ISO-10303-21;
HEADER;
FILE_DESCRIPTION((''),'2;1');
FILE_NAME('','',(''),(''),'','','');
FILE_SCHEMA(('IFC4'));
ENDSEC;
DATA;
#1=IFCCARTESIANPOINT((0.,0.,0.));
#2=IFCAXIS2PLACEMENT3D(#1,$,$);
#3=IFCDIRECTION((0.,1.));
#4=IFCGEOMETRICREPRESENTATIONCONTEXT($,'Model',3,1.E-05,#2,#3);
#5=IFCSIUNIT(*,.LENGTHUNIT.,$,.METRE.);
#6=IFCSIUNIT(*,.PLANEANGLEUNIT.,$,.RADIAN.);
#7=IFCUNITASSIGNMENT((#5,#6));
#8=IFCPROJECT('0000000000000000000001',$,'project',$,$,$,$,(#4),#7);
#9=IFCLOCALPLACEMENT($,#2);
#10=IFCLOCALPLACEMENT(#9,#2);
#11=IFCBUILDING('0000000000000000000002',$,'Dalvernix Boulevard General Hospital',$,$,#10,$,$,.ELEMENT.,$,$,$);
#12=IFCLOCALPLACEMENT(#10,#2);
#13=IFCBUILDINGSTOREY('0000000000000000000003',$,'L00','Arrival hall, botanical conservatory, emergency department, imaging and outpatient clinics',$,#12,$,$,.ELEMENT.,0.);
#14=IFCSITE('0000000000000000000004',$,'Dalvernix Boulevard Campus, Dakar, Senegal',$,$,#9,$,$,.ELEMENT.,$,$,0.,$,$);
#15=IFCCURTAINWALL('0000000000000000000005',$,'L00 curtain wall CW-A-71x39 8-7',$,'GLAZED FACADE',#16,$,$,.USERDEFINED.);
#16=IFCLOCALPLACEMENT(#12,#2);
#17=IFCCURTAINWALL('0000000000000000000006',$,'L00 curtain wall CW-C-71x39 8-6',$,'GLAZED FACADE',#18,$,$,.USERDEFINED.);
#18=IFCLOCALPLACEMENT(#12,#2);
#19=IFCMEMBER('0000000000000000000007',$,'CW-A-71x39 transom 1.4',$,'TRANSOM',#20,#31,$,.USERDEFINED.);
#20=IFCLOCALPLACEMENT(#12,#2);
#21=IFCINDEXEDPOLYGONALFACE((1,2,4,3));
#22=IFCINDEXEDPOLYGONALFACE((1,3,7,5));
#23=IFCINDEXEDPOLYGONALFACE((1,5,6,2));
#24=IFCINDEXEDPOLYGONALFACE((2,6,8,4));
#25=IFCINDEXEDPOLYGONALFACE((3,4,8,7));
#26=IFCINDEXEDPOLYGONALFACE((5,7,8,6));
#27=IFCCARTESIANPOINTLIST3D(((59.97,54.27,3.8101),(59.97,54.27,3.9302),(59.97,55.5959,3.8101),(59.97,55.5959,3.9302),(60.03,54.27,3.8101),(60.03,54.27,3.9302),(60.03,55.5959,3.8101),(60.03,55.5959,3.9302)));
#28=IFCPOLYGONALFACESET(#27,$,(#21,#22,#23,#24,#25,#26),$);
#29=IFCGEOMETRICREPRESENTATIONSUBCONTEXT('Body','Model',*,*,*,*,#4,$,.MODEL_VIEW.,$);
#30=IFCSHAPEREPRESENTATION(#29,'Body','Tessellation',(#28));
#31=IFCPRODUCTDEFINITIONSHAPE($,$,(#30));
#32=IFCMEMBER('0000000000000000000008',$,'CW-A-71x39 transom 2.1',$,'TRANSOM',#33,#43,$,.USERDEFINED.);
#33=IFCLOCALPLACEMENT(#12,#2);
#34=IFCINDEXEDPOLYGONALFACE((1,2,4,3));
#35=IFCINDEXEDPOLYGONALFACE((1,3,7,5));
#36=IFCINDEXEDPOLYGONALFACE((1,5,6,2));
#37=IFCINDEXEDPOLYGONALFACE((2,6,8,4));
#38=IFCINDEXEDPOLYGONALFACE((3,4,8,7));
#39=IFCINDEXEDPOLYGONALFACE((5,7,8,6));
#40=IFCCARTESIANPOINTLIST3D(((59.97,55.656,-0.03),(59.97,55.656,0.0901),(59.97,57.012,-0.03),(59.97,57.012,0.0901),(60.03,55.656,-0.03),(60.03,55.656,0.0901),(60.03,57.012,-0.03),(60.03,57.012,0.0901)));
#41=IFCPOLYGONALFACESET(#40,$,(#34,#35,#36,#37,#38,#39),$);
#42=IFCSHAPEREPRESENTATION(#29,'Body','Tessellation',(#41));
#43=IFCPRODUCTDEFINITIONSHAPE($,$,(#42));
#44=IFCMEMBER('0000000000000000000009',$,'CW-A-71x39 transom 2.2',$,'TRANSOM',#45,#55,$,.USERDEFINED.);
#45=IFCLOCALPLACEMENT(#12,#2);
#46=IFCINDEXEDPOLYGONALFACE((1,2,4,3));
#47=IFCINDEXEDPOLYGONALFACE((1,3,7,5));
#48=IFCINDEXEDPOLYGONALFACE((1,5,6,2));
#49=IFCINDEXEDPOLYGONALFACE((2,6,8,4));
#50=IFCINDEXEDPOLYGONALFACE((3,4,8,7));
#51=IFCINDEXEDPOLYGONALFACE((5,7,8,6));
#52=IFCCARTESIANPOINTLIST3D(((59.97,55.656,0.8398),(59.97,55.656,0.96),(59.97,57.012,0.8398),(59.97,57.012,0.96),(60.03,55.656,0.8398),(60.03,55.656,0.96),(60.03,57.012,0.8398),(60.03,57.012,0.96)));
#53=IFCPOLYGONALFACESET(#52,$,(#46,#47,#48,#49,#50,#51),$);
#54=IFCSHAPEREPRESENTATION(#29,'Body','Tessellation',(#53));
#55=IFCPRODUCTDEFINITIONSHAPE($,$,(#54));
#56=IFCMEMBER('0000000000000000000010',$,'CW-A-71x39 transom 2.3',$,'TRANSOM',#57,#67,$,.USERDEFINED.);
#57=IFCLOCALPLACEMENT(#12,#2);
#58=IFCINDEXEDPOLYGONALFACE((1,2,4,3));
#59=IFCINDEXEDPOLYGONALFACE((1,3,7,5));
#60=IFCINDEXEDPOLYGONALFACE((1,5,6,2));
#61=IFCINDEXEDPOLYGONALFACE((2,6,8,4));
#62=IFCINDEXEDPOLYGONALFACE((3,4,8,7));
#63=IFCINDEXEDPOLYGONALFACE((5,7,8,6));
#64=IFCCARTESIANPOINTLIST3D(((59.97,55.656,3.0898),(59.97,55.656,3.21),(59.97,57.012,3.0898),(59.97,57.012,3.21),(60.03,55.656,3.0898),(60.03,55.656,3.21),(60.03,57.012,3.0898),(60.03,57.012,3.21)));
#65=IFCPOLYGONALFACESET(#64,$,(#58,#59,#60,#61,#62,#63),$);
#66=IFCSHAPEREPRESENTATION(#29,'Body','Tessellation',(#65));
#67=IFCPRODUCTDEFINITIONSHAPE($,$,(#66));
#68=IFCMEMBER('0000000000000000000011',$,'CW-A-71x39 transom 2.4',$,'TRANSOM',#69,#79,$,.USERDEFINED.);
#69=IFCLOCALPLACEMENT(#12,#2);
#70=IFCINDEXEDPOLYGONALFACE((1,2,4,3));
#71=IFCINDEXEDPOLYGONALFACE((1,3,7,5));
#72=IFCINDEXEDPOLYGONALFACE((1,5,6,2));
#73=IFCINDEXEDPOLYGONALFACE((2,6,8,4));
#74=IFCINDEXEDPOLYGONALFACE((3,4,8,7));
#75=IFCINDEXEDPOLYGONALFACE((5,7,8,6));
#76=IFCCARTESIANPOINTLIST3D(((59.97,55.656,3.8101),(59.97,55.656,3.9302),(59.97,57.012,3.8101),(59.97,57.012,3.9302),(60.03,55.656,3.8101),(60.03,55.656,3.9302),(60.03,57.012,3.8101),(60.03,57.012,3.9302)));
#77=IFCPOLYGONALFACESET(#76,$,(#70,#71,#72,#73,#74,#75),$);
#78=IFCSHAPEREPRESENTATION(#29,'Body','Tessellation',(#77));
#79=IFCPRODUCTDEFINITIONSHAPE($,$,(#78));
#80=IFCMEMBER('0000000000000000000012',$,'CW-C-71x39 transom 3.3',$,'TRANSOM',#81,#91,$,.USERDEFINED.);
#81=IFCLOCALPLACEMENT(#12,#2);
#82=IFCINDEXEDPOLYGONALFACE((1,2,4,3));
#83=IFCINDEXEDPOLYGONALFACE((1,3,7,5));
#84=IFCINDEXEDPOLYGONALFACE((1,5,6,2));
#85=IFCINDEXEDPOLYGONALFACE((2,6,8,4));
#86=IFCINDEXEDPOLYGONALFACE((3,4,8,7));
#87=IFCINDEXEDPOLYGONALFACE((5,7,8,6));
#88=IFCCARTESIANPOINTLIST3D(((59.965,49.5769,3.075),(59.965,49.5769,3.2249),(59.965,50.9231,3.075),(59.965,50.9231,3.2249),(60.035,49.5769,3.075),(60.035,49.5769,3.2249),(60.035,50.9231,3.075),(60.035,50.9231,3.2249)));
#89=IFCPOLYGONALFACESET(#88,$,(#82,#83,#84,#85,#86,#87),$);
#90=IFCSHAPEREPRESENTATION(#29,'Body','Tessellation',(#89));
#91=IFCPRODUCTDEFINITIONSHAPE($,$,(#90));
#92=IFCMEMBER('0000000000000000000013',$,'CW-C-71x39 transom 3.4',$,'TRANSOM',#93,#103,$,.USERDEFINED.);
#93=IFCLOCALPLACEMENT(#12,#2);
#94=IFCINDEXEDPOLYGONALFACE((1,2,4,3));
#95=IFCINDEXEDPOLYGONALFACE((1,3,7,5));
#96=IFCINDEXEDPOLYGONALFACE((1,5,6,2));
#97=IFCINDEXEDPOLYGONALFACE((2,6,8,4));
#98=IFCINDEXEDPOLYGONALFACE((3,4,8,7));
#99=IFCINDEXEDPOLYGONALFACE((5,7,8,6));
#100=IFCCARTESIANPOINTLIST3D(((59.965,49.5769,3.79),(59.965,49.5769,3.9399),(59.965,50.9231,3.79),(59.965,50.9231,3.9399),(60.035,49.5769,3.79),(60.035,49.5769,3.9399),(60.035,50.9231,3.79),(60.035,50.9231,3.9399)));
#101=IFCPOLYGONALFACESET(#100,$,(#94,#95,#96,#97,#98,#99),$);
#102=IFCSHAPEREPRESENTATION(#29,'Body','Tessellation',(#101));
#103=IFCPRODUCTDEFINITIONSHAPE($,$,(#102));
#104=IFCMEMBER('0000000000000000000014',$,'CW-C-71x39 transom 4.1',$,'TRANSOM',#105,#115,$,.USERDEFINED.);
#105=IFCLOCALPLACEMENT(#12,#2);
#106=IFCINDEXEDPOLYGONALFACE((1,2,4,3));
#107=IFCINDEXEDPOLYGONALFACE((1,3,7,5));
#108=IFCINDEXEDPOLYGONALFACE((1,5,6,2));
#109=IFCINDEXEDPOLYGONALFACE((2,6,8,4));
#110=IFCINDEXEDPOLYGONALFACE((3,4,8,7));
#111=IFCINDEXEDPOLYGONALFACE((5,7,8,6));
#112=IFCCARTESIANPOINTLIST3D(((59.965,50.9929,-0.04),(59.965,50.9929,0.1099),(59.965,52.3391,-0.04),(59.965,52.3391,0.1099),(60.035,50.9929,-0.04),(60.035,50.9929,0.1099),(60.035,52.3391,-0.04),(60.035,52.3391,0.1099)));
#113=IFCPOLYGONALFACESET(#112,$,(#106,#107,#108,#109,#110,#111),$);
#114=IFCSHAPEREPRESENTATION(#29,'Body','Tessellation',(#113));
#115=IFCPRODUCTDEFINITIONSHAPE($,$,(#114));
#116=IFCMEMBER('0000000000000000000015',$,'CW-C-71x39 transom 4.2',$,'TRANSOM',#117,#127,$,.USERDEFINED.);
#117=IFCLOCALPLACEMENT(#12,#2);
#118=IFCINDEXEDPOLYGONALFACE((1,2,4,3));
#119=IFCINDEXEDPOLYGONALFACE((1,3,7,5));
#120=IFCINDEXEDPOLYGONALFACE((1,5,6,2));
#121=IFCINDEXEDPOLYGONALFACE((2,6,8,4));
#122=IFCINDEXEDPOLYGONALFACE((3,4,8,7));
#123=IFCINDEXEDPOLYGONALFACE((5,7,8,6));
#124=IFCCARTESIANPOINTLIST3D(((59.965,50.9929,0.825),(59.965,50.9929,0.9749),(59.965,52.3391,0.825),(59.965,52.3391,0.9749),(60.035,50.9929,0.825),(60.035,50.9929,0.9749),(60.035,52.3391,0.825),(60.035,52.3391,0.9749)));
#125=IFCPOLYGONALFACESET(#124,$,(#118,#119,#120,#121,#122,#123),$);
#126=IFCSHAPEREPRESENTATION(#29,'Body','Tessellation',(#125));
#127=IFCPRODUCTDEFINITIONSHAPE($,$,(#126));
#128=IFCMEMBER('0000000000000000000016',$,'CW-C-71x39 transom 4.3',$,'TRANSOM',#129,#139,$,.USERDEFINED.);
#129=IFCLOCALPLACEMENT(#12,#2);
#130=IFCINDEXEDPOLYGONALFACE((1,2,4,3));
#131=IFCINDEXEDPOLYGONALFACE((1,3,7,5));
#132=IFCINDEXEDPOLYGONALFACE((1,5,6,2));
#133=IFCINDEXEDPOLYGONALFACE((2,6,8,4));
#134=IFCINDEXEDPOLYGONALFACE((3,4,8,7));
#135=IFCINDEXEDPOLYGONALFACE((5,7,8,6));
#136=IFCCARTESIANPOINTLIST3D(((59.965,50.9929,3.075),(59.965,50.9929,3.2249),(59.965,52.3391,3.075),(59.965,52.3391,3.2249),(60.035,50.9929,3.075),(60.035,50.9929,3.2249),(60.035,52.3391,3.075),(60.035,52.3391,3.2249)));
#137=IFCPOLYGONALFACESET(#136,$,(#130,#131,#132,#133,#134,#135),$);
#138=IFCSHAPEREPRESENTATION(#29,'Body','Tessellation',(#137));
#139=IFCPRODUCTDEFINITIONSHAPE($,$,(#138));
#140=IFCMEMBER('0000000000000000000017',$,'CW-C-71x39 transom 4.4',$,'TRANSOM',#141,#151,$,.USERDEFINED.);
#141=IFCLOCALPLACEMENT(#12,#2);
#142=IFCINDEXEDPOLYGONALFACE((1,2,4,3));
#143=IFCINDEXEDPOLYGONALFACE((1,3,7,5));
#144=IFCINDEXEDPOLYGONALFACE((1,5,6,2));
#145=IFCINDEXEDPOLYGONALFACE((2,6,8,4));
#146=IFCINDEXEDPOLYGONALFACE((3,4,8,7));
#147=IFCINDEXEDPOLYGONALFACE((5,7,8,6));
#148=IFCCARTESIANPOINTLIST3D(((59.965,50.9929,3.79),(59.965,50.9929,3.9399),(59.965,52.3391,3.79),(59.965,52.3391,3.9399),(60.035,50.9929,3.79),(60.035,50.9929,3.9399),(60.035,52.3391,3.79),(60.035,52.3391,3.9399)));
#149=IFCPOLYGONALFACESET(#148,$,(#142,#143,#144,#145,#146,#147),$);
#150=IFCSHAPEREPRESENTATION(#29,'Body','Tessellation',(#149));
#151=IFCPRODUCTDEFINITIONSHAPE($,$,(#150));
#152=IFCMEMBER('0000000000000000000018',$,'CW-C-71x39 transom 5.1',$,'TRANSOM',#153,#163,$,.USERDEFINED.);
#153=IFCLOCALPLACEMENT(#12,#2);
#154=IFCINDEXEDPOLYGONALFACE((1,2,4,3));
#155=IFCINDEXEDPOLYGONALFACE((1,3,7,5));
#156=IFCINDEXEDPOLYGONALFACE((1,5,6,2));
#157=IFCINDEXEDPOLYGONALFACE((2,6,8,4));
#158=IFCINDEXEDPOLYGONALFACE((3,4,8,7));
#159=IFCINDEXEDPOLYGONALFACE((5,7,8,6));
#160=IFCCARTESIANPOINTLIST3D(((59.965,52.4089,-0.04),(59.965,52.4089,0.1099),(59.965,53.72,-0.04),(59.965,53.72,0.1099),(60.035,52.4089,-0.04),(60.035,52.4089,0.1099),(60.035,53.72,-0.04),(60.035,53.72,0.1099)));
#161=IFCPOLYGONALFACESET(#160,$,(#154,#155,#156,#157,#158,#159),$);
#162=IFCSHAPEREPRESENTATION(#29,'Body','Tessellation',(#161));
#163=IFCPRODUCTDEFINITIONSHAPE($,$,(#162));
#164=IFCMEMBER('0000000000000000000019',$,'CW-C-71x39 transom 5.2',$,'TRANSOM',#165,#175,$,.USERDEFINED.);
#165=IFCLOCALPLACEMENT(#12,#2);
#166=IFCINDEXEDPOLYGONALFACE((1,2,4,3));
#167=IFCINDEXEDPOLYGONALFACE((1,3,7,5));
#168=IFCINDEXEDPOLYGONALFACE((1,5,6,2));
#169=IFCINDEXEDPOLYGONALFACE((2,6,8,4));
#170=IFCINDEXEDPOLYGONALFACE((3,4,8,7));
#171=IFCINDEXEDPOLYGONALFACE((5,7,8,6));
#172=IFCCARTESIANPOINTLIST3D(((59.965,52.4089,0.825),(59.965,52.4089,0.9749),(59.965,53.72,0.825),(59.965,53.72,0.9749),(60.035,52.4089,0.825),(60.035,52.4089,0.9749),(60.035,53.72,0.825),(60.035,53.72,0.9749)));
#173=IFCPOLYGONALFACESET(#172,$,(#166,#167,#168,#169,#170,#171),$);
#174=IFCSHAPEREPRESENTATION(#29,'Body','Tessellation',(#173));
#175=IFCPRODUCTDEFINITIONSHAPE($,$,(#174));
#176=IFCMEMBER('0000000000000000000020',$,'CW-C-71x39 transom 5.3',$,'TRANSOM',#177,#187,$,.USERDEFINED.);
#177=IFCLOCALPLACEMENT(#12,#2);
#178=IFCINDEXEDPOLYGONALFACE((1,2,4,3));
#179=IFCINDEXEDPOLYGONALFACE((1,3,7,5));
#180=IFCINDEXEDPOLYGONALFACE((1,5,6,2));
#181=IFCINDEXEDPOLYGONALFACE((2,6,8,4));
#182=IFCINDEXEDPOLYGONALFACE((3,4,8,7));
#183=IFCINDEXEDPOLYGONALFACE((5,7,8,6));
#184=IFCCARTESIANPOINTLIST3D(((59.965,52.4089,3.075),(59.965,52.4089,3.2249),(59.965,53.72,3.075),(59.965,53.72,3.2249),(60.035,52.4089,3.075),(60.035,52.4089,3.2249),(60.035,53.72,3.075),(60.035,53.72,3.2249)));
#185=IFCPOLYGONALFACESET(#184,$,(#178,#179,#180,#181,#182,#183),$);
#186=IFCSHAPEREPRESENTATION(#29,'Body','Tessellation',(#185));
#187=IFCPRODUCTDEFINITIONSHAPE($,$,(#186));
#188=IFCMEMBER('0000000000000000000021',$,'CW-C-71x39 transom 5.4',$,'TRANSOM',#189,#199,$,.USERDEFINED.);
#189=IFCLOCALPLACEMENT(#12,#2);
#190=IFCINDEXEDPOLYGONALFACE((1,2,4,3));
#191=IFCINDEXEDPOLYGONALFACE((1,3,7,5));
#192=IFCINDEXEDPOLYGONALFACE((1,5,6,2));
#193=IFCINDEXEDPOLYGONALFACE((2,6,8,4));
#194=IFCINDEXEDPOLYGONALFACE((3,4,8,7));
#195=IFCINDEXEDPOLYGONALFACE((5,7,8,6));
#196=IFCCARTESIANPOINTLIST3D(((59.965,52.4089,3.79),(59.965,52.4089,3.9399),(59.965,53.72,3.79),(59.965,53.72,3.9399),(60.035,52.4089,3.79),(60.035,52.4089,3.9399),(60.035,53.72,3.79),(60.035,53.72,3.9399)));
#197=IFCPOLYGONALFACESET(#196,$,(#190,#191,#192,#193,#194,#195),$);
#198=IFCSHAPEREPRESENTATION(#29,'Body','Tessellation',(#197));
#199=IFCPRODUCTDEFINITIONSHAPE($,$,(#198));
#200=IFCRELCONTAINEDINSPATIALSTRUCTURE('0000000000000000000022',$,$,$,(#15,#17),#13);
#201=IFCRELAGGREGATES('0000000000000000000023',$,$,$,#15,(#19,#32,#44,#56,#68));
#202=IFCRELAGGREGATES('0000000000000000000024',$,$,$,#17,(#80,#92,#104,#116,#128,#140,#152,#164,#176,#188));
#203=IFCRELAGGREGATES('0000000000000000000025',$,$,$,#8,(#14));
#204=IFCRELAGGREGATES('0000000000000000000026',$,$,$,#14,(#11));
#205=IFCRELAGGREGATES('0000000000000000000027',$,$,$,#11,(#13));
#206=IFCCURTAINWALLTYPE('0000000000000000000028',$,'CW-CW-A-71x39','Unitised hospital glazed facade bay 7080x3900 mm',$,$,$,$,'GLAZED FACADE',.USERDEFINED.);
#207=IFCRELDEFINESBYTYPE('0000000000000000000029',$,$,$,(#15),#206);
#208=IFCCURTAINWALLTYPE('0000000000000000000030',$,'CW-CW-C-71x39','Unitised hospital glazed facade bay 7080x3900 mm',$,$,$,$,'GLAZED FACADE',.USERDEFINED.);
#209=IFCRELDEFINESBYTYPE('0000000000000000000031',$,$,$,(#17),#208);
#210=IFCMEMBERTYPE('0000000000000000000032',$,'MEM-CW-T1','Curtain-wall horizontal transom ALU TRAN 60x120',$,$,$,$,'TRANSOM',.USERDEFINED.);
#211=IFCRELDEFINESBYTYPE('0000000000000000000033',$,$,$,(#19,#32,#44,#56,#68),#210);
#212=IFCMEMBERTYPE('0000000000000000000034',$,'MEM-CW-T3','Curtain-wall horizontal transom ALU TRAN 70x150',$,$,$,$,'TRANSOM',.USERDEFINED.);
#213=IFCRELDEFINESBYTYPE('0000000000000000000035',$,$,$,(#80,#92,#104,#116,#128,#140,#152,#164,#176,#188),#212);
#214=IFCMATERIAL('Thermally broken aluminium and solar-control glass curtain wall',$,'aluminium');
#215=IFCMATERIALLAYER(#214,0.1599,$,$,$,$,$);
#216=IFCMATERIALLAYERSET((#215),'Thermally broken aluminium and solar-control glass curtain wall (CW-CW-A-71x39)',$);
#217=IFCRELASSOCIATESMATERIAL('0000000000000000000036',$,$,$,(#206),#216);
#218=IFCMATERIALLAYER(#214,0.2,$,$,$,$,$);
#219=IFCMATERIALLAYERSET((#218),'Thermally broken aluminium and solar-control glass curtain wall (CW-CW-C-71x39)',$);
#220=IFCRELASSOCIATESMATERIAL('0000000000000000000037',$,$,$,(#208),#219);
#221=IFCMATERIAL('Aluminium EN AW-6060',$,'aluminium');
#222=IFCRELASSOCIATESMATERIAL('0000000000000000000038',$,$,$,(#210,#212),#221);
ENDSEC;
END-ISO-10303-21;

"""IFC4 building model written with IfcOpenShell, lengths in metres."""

from ifc_helpers import new_model, si_unit, direction, frame, origin, origin_2d, place, context, subcontext, project, spatial, rectangle, extrude, material, layer, layer_set, material_profile, profile_set, type_object, element, aggregate, save


model = new_model("IFC4")

# Units and contexts
model_context = context("Model", 3, precision=1e-05, world=origin(), true_north=direction((0.0, 1.0)))
body_context = subcontext(model_context, "Body", "Model", "MODEL_VIEW")
ifc_project = project(units=[si_unit("LENGTHUNIT", "METRE"), si_unit("PLANEANGLEUNIT", "RADIAN")], contexts=[model_context])

# Site, building, storey
site_placement = place(None, origin())
site = spatial("IfcSite", under=ifc_project, at=site_placement, Name="Dalvernix Boulevard Campus, Dakar, Senegal", CompositionType="ELEMENT", RefElevation=0.0)
building_placement = place(site_placement, origin())
building = spatial("IfcBuilding", under=site, at=building_placement, Name="Dalvernix Boulevard General Hospital", CompositionType="ELEMENT")
storey_placement = place(building_placement, origin())
storey = spatial("IfcBuildingStorey", under=building, at=storey_placement, Name="L00", Description="Arrival hall, botanical conservatory, emergency department, imaging and outpatient clinics", CompositionType="ELEMENT", Elevation=0.0)

# Curtain walls
ifc_material_1 = material(Name="Thermally broken aluminium and solar-control glass curtain wall", Category="aluminium")
ifc_layer_1 = layer(ifc_material_1, 0.1599)
ifc_layer_set_1 = layer_set([ifc_layer_1], Name="Thermally broken aluminium and solar-control glass curtain wall (CW-CW-A-71x39)")
curtain_wall_type_1 = type_object("IfcCurtainWallType", Name="CW-CW-A-71x39", Description="Unitised hospital glazed facade bay 7080x3900 mm", ElementType="GLAZED FACADE", PredefinedType="USERDEFINED", material=ifc_layer_set_1)
curtain_wall_1_placement = place(storey_placement, origin())
curtain_wall_1 = element("IfcCurtainWall", 1, at=curtain_wall_1_placement, inside=storey, type_object=curtain_wall_type_1, Name="L00 curtain wall CW-A-71x39 8-7", ObjectType="GLAZED FACADE", PredefinedType="USERDEFINED")
ifc_material_2 = material(Name="Aluminium EN AW-6060", Category="aluminium")
ifc_layer_2 = layer(ifc_material_1, 0.2)
ifc_layer_set_2 = layer_set([ifc_layer_2], Name="Thermally broken aluminium and solar-control glass curtain wall (CW-CW-C-71x39)")
curtain_wall_type_2 = type_object("IfcCurtainWallType", Name="CW-CW-C-71x39", Description="Unitised hospital glazed facade bay 7080x3900 mm", ElementType="GLAZED FACADE", PredefinedType="USERDEFINED", material=ifc_layer_set_2)
curtain_wall_2_placement = place(storey_placement, origin())
curtain_wall_2 = element("IfcCurtainWall", 2, at=curtain_wall_2_placement, inside=storey, type_object=curtain_wall_type_2, Name="L00 curtain wall CW-C-71x39 8-6", ObjectType="GLAZED FACADE", PredefinedType="USERDEFINED")

# Members
ifc_material_profile_1 = material_profile(ifc_material_2, rectangle(XDim=0.0601, YDim=0.1201, at=origin_2d()), Name="ALU TRAN 60x120")
ifc_profile_set_1 = profile_set([ifc_material_profile_1], Name="Aluminium EN AW-6060")
member_type_1 = type_object("IfcMemberType", Name="MEM-CW-T1", Description="Curtain-wall horizontal transom ALU TRAN 60x120", ElementType="TRANSOM", PredefinedType="USERDEFINED", material=ifc_profile_set_1)
member_1_placement = place(storey_placement, frame((60.0, 54.27, 3.8701), z_axis=(0.0, 1.0, 0.0), x_axis=(-1.0, 0.0, 0.0)))
member_1 = element("IfcMember", 3, at=member_1_placement, type_object=member_type_1, Name="CW-A-71x39 transom 1.4", ObjectType="TRANSOM", PredefinedType="USERDEFINED", context=body_context, shape_type="SweptSolid", body=[
    extrude(rectangle(XDim=0.0601, YDim=0.1201, at=origin_2d()), origin(), (0.0, 0.0, 1.0), 1.3259),
])
member_2_placement = place(storey_placement, frame((60.0, 55.656, 0.03), z_axis=(0.0, 1.0, 0.0), x_axis=(-1.0, 0.0, 0.0)))
member_2 = element("IfcMember", 4, at=member_2_placement, type_object=member_type_1, Name="CW-A-71x39 transom 2.1", ObjectType="TRANSOM", PredefinedType="USERDEFINED", context=body_context, shape_type="SweptSolid", body=[
    extrude(rectangle(XDim=0.0601, YDim=0.1201, at=origin_2d()), origin(), (0.0, 0.0, 1.0), 1.356),
])
member_3_placement = place(storey_placement, frame((60.0, 55.656, 0.8999), z_axis=(0.0, 1.0, 0.0), x_axis=(-1.0, 0.0, 0.0)))
member_3 = element("IfcMember", 5, at=member_3_placement, type_object=member_type_1, Name="CW-A-71x39 transom 2.2", ObjectType="TRANSOM", PredefinedType="USERDEFINED", context=body_context, shape_type="SweptSolid", body=[
    extrude(rectangle(XDim=0.0601, YDim=0.1201, at=origin_2d()), origin(), (0.0, 0.0, 1.0), 1.356),
])
member_4_placement = place(storey_placement, frame((60.0, 55.656, 3.1499), z_axis=(0.0, 1.0, 0.0), x_axis=(-1.0, 0.0, 0.0)))
member_4 = element("IfcMember", 6, at=member_4_placement, type_object=member_type_1, Name="CW-A-71x39 transom 2.3", ObjectType="TRANSOM", PredefinedType="USERDEFINED", context=body_context, shape_type="SweptSolid", body=[
    extrude(rectangle(XDim=0.0601, YDim=0.1201, at=origin_2d()), origin(), (0.0, 0.0, 1.0), 1.356),
])
member_5_placement = place(storey_placement, frame((60.0, 55.656, 3.8701), z_axis=(0.0, 1.0, 0.0), x_axis=(-1.0, 0.0, 0.0)))
member_5 = element("IfcMember", 7, at=member_5_placement, type_object=member_type_1, Name="CW-A-71x39 transom 2.4", ObjectType="TRANSOM", PredefinedType="USERDEFINED", context=body_context, shape_type="SweptSolid", body=[
    extrude(rectangle(XDim=0.0601, YDim=0.1201, at=origin_2d()), origin(), (0.0, 0.0, 1.0), 1.356),
])
ifc_material_profile_2 = material_profile(ifc_material_2, rectangle(XDim=0.0701, YDim=0.1499, at=origin_2d()), Name="ALU TRAN 70x150")
ifc_profile_set_2 = profile_set([ifc_material_profile_2], Name="Aluminium EN AW-6060")
member_type_2 = type_object("IfcMemberType", Name="MEM-CW-T3", Description="Curtain-wall horizontal transom ALU TRAN 70x150", ElementType="TRANSOM", PredefinedType="USERDEFINED", material=ifc_profile_set_2)
member_6_placement = place(storey_placement, frame((60.0, 49.5769, 3.1499), z_axis=(0.0, 1.0, 0.0), x_axis=(-1.0, 0.0, 0.0)))
member_6 = element("IfcMember", 8, at=member_6_placement, type_object=member_type_2, Name="CW-C-71x39 transom 3.3", ObjectType="TRANSOM", PredefinedType="USERDEFINED", context=body_context, shape_type="SweptSolid", body=[
    extrude(rectangle(XDim=0.0701, YDim=0.1499, at=origin_2d()), origin(), (0.0, 0.0, 1.0), 1.3462),
])
member_7_placement = place(storey_placement, frame((60.0, 49.5769, 3.865), z_axis=(0.0, 1.0, 0.0), x_axis=(-1.0, 0.0, 0.0)))
member_7 = element("IfcMember", 9, at=member_7_placement, type_object=member_type_2, Name="CW-C-71x39 transom 3.4", ObjectType="TRANSOM", PredefinedType="USERDEFINED", context=body_context, shape_type="SweptSolid", body=[
    extrude(rectangle(XDim=0.0701, YDim=0.1499, at=origin_2d()), origin(), (0.0, 0.0, 1.0), 1.3462),
])
member_8_placement = place(storey_placement, frame((60.0, 50.9929, 0.0349), z_axis=(0.0, 1.0, 0.0), x_axis=(-1.0, 0.0, 0.0)))
member_8 = element("IfcMember", 10, at=member_8_placement, type_object=member_type_2, Name="CW-C-71x39 transom 4.1", ObjectType="TRANSOM", PredefinedType="USERDEFINED", context=body_context, shape_type="SweptSolid", body=[
    extrude(rectangle(XDim=0.0701, YDim=0.1499, at=origin_2d()), origin(), (0.0, 0.0, 1.0), 1.3462),
])
member_9_placement = place(storey_placement, frame((60.0, 50.9929, 0.8999), z_axis=(0.0, 1.0, 0.0), x_axis=(-1.0, 0.0, 0.0)))
member_9 = element("IfcMember", 11, at=member_9_placement, type_object=member_type_2, Name="CW-C-71x39 transom 4.2", ObjectType="TRANSOM", PredefinedType="USERDEFINED", context=body_context, shape_type="SweptSolid", body=[
    extrude(rectangle(XDim=0.0701, YDim=0.1499, at=origin_2d()), origin(), (0.0, 0.0, 1.0), 1.3462),
])
member_10_placement = place(storey_placement, frame((60.0, 50.9929, 3.1499), z_axis=(0.0, 1.0, 0.0), x_axis=(-1.0, 0.0, 0.0)))
member_10 = element("IfcMember", 12, at=member_10_placement, type_object=member_type_2, Name="CW-C-71x39 transom 4.3", ObjectType="TRANSOM", PredefinedType="USERDEFINED", context=body_context, shape_type="SweptSolid", body=[
    extrude(rectangle(XDim=0.0701, YDim=0.1499, at=origin_2d()), origin(), (0.0, 0.0, 1.0), 1.3462),
])
member_11_placement = place(storey_placement, frame((60.0, 50.9929, 3.865), z_axis=(0.0, 1.0, 0.0), x_axis=(-1.0, 0.0, 0.0)))
member_11 = element("IfcMember", 13, at=member_11_placement, type_object=member_type_2, Name="CW-C-71x39 transom 4.4", ObjectType="TRANSOM", PredefinedType="USERDEFINED", context=body_context, shape_type="SweptSolid", body=[
    extrude(rectangle(XDim=0.0701, YDim=0.1499, at=origin_2d()), origin(), (0.0, 0.0, 1.0), 1.3462),
])
member_12_placement = place(storey_placement, frame((60.0, 52.4089, 0.0349), z_axis=(0.0, 1.0, 0.0), x_axis=(-1.0, 0.0, 0.0)))
member_12 = element("IfcMember", 14, at=member_12_placement, type_object=member_type_2, Name="CW-C-71x39 transom 5.1", ObjectType="TRANSOM", PredefinedType="USERDEFINED", context=body_context, shape_type="SweptSolid", body=[
    extrude(rectangle(XDim=0.0701, YDim=0.1499, at=origin_2d()), origin(), (0.0, 0.0, 1.0), 1.311),
])
member_13_placement = place(storey_placement, frame((60.0, 52.4089, 0.8999), z_axis=(0.0, 1.0, 0.0), x_axis=(-1.0, 0.0, 0.0)))
member_13 = element("IfcMember", 15, at=member_13_placement, type_object=member_type_2, Name="CW-C-71x39 transom 5.2", ObjectType="TRANSOM", PredefinedType="USERDEFINED", context=body_context, shape_type="SweptSolid", body=[
    extrude(rectangle(XDim=0.0701, YDim=0.1499, at=origin_2d()), origin(), (0.0, 0.0, 1.0), 1.311),
])
member_14_placement = place(storey_placement, frame((60.0, 52.4089, 3.1499), z_axis=(0.0, 1.0, 0.0), x_axis=(-1.0, 0.0, 0.0)))
member_14 = element("IfcMember", 16, at=member_14_placement, type_object=member_type_2, Name="CW-C-71x39 transom 5.3", ObjectType="TRANSOM", PredefinedType="USERDEFINED", context=body_context, shape_type="SweptSolid", body=[
    extrude(rectangle(XDim=0.0701, YDim=0.1499, at=origin_2d()), origin(), (0.0, 0.0, 1.0), 1.311),
])
member_15_placement = place(storey_placement, frame((60.0, 52.4089, 3.865), z_axis=(0.0, 1.0, 0.0), x_axis=(-1.0, 0.0, 0.0)))
member_15 = element("IfcMember", 17, at=member_15_placement, type_object=member_type_2, Name="CW-C-71x39 transom 5.4", ObjectType="TRANSOM", PredefinedType="USERDEFINED", context=body_context, shape_type="SweptSolid", body=[
    extrude(rectangle(XDim=0.0701, YDim=0.1499, at=origin_2d()), origin(), (0.0, 0.0, 1.0), 1.311),
])

aggregate(curtain_wall_1, [member_1, member_2, member_3, member_4, member_5])
aggregate(curtain_wall_2, [member_6, member_7, member_8, member_9, member_10, member_11, member_12, member_13, member_14, member_15])

save(model, "model.ifc")
